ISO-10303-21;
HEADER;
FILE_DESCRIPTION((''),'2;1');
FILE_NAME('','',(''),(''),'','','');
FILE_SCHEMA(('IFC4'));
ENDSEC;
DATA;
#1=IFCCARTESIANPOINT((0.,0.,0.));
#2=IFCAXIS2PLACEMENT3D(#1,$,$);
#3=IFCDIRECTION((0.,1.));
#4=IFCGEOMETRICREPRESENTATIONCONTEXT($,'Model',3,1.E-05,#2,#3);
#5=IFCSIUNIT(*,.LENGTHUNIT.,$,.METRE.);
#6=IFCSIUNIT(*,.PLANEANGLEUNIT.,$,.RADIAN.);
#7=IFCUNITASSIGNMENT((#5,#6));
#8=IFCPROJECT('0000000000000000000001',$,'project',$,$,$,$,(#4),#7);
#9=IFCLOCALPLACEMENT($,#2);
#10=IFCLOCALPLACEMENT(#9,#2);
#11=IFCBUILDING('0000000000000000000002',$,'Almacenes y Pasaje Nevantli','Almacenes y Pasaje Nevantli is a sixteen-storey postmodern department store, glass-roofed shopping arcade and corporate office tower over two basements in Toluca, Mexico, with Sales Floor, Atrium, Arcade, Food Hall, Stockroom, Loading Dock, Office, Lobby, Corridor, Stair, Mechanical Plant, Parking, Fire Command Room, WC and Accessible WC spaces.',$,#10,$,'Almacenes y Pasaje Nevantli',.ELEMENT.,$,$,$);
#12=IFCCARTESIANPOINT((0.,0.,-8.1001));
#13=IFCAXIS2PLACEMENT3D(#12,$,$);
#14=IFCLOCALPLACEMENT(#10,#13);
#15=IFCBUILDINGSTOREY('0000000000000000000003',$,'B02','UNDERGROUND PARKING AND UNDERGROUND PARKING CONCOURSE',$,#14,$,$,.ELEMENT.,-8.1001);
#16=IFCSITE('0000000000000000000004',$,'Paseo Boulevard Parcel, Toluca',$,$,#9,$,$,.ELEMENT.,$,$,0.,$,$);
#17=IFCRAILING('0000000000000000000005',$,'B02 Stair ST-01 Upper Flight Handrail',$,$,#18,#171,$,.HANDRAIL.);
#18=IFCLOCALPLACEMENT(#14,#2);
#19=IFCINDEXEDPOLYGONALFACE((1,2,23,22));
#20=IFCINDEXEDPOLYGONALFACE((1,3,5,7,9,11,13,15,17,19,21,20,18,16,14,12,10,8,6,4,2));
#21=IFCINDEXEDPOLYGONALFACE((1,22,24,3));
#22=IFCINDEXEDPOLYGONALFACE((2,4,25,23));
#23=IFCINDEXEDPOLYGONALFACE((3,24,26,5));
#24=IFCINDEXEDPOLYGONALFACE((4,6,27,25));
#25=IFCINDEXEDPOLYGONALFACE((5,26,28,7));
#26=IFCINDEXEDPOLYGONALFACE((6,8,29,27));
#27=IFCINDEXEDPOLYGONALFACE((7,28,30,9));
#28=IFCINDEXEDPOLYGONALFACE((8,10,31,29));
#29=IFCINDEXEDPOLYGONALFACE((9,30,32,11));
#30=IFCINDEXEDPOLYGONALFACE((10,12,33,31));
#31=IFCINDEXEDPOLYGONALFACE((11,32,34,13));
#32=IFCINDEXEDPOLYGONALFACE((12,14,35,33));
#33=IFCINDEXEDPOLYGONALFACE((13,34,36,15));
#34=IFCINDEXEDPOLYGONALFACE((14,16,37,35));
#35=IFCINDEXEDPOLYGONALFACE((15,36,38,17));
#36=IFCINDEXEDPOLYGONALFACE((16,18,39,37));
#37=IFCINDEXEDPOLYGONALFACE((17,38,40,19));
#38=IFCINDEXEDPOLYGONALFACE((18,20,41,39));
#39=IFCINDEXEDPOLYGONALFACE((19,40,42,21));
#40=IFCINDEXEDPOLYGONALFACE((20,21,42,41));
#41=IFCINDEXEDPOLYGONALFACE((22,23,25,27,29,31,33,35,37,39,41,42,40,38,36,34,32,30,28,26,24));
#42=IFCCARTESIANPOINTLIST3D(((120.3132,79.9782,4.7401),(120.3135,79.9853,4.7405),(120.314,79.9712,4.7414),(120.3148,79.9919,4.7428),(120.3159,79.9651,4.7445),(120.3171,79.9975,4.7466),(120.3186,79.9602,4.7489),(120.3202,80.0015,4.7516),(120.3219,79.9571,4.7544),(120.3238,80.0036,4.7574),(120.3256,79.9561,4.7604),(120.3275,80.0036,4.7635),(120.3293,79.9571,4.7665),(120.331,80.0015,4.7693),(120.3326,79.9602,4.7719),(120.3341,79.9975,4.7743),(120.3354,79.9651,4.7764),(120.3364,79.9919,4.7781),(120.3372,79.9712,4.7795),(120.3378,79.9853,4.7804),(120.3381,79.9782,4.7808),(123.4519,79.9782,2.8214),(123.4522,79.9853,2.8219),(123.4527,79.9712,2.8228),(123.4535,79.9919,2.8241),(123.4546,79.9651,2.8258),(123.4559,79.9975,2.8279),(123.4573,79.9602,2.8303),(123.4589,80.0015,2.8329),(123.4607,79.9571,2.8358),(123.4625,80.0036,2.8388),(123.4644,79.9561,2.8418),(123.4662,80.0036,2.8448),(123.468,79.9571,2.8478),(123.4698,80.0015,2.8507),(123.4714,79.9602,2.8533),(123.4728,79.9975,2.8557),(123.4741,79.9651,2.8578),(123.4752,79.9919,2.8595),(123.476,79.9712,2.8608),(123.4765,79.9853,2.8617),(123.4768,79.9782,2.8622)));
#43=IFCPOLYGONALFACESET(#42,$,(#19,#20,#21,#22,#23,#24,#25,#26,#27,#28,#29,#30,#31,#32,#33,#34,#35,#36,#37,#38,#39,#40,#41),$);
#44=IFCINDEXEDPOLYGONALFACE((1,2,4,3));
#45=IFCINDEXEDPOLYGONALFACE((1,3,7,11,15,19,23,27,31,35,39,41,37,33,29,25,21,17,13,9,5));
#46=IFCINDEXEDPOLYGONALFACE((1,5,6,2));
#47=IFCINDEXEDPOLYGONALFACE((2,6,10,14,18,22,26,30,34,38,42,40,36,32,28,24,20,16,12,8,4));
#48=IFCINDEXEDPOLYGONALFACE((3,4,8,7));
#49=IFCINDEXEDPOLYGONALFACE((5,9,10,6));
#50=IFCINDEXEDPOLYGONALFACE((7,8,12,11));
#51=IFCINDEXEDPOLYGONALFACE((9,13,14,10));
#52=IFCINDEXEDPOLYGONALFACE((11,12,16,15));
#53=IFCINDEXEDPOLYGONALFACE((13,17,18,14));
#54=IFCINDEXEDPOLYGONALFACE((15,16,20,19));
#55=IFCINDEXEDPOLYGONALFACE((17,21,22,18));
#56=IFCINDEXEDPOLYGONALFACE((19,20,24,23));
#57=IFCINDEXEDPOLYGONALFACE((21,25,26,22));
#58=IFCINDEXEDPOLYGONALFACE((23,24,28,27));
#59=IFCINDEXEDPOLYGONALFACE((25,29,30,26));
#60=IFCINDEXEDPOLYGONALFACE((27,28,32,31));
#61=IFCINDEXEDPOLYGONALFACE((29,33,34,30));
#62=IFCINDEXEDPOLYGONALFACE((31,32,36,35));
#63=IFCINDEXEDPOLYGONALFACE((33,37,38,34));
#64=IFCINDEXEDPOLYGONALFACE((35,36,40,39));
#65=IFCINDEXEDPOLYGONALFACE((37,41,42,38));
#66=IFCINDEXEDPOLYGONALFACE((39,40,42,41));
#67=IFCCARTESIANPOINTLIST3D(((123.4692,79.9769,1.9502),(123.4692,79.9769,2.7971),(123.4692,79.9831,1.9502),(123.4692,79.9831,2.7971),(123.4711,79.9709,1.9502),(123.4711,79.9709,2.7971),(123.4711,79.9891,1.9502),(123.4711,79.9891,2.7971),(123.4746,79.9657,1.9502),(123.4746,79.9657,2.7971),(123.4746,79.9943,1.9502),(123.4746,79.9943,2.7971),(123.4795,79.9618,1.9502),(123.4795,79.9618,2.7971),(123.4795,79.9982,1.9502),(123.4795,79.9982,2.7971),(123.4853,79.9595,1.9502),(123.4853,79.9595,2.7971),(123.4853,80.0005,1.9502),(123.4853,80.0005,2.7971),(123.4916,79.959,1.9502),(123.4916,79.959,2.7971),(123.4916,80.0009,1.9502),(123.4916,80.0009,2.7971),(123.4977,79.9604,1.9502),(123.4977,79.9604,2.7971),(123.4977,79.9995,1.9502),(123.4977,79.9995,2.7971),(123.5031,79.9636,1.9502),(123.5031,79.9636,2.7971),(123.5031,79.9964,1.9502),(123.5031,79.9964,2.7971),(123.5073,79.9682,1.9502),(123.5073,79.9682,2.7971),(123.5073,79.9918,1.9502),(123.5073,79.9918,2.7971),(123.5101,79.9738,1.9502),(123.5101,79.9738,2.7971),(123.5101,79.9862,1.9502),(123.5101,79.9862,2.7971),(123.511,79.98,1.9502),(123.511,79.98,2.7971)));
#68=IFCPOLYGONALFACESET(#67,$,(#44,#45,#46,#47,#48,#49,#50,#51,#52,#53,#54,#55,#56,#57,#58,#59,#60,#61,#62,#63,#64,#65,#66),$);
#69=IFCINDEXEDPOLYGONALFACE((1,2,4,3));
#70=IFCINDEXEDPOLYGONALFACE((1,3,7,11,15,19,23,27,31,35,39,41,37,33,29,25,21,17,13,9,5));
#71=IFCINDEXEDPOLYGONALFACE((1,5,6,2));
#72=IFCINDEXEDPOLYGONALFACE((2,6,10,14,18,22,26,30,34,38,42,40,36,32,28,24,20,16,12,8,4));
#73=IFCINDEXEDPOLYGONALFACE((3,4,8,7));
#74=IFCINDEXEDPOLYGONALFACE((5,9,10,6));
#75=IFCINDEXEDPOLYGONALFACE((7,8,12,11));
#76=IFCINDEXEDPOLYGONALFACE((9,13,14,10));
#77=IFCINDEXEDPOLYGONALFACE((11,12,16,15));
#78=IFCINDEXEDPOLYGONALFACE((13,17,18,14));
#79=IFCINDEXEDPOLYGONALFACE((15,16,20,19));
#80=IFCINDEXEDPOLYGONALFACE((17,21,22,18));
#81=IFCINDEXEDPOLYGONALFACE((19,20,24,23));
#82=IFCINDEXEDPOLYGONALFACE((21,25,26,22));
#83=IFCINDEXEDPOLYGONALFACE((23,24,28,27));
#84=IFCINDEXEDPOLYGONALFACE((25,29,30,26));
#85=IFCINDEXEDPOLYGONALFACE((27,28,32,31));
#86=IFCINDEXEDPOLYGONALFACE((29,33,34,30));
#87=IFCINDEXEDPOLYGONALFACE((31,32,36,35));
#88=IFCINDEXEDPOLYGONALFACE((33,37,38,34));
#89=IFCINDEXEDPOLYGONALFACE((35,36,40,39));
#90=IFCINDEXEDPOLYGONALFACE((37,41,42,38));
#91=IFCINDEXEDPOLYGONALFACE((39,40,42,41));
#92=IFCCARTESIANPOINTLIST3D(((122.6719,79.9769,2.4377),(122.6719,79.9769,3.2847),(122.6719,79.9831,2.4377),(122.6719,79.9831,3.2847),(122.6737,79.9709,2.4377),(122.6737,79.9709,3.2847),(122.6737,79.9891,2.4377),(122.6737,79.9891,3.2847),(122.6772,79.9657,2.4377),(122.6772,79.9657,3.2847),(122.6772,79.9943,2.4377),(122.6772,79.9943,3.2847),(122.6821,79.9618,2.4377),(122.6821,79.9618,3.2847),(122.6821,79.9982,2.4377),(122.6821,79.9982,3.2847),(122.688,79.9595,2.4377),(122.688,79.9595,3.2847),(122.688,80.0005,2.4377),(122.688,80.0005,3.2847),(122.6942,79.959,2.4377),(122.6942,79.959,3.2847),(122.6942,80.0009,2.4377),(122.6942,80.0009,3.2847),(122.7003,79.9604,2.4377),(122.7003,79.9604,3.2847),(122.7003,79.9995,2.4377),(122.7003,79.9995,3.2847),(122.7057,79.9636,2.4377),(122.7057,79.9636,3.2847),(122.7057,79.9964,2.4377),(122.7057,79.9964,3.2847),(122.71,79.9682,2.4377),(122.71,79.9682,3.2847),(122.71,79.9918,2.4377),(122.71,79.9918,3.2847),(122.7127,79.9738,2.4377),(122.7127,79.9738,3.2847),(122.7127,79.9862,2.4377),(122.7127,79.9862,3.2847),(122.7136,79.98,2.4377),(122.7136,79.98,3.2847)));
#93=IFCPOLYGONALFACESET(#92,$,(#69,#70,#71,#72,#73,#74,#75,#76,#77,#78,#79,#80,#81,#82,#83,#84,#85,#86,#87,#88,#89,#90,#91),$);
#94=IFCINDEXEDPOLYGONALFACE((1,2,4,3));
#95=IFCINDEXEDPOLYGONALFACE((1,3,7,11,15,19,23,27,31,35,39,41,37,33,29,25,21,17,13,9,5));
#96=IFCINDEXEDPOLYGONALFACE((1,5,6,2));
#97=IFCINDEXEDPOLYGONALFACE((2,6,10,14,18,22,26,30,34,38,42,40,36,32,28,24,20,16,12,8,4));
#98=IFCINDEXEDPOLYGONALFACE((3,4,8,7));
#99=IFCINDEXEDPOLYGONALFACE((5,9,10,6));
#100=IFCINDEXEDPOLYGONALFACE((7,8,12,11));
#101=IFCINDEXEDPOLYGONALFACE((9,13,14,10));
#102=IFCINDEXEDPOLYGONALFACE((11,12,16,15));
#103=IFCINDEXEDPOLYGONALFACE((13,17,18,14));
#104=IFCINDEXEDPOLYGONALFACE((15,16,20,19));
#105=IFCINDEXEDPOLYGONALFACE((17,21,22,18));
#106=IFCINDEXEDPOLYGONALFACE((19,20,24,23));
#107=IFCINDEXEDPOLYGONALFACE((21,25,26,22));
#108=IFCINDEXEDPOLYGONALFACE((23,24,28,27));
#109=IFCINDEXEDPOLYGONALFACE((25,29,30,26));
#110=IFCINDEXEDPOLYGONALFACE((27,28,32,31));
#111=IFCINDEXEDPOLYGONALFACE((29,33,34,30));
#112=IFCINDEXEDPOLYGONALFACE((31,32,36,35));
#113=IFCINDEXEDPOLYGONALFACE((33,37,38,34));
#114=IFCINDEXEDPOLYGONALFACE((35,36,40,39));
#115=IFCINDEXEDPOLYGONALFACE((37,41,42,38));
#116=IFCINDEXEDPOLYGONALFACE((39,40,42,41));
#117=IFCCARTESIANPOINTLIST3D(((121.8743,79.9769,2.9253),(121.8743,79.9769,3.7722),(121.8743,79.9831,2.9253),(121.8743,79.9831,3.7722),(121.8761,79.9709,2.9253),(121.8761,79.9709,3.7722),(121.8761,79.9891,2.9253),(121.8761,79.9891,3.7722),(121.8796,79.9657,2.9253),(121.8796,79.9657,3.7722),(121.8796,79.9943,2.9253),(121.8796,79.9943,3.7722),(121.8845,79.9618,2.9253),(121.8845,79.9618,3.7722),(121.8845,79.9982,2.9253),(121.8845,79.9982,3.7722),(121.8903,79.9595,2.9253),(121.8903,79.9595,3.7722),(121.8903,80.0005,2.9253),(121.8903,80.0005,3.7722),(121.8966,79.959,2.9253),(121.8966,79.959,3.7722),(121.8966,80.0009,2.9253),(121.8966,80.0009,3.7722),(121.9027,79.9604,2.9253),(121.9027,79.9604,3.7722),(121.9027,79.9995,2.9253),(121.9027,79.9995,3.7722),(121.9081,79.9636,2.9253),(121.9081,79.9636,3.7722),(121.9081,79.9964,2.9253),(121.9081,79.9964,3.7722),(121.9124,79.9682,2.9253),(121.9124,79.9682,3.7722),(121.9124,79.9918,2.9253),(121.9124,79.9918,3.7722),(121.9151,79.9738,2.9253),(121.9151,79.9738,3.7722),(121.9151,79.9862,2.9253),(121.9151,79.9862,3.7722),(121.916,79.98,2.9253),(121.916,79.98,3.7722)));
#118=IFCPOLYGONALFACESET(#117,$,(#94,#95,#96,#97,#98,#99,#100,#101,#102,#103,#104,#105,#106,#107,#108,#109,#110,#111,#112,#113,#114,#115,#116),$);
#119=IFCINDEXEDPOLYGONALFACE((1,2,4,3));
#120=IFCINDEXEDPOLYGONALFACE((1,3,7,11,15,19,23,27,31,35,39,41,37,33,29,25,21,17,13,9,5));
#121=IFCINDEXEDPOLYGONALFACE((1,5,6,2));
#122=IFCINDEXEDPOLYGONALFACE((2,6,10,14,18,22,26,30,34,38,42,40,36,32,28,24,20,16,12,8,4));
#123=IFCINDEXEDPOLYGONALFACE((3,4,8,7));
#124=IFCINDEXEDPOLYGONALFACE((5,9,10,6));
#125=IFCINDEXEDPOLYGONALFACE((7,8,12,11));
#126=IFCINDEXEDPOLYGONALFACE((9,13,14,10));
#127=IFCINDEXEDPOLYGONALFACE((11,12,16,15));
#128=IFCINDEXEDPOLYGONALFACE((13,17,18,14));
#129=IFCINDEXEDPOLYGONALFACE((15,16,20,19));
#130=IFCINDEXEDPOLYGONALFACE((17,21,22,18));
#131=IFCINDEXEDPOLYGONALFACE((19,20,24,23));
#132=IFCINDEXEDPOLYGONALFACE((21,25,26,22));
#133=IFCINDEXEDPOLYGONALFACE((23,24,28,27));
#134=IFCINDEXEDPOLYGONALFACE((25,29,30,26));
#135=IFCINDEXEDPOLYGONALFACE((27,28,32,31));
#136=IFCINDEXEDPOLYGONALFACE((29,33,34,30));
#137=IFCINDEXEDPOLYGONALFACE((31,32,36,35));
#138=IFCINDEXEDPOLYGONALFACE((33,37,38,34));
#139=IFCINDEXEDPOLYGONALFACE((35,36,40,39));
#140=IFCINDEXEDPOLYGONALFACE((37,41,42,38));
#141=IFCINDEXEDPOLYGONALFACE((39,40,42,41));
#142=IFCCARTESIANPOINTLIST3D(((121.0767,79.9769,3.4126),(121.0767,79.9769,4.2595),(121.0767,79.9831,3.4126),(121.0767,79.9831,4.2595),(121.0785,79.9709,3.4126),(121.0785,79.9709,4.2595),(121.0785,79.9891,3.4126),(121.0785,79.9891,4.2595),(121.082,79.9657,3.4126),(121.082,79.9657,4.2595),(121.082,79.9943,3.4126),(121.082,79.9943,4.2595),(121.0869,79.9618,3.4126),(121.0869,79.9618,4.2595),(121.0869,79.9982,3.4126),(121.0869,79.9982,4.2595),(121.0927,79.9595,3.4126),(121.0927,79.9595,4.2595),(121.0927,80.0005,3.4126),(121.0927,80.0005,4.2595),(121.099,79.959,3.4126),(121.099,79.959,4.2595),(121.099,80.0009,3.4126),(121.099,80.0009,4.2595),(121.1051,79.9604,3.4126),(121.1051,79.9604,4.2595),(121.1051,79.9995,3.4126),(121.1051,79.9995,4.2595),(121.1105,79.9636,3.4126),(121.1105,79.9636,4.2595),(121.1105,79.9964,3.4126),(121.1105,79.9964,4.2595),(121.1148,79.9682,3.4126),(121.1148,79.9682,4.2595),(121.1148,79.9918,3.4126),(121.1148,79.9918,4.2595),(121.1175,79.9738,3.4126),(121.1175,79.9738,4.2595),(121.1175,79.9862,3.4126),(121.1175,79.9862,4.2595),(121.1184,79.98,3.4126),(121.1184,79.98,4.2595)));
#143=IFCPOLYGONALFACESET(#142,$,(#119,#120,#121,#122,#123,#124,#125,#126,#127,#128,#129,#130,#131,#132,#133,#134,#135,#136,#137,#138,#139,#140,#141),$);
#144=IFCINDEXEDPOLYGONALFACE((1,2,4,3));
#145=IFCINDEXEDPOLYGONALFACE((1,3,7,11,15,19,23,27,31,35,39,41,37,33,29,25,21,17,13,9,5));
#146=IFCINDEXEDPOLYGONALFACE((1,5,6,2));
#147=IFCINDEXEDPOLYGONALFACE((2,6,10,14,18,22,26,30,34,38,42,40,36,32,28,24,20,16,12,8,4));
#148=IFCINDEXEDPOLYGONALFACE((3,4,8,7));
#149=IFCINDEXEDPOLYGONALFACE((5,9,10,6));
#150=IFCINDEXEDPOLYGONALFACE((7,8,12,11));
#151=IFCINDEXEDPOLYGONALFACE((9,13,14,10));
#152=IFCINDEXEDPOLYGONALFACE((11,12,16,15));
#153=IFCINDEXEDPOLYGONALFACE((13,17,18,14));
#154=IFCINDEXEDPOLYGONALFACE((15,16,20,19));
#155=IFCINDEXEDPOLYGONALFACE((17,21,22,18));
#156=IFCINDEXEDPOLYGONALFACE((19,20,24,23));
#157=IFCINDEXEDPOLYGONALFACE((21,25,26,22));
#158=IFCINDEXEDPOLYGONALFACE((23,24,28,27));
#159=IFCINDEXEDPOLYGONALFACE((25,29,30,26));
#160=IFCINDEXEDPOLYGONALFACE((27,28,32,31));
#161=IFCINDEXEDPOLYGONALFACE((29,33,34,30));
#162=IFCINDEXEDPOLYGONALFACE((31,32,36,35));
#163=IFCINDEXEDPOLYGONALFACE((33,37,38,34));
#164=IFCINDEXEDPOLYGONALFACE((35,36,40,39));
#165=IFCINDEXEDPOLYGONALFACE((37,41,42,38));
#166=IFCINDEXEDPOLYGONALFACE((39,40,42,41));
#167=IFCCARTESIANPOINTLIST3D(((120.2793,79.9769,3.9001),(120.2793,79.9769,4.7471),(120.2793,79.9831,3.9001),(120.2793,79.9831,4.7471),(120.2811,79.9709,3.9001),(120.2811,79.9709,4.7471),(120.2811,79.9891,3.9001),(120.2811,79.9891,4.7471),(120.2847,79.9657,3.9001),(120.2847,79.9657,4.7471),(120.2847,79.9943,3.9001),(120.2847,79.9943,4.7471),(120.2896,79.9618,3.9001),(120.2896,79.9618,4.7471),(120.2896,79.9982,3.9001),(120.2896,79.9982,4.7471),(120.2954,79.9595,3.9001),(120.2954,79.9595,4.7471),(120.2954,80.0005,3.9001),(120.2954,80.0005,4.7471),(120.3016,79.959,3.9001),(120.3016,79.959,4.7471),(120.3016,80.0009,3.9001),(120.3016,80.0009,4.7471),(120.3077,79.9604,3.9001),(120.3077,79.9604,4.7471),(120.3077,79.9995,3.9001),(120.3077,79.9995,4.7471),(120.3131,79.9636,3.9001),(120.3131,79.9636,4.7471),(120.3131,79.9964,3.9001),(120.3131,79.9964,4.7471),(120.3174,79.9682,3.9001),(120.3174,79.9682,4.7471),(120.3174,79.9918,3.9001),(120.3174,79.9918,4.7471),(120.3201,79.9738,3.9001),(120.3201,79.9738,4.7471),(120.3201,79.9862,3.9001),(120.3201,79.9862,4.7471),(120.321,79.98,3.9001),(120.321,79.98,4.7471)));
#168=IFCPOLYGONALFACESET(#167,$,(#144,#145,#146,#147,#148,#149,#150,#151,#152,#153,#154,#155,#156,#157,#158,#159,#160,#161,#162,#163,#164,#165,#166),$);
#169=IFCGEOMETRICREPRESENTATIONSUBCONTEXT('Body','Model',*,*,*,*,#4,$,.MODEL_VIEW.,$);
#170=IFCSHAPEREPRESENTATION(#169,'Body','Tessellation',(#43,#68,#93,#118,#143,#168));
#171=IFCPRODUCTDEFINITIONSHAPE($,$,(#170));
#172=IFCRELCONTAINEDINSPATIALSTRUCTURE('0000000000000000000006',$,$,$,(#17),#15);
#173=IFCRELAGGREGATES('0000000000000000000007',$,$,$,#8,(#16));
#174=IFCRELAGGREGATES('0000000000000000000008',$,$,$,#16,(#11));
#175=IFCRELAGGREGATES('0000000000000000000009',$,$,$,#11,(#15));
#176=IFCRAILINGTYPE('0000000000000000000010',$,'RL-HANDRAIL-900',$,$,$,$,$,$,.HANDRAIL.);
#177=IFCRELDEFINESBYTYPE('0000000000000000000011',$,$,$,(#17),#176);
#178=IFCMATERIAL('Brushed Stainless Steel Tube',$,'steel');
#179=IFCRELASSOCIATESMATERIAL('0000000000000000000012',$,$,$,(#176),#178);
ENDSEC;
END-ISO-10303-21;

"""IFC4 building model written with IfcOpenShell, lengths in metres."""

from ifc_helpers import new_model, si_unit, direction, frame, origin, origin_2d, place, context, subcontext, project, spatial, circle, extrude, material, type_object, element, save


model = new_model("IFC4")

# Units and contexts
model_context = context("Model", 3, precision=1e-05, world=origin(), true_north=direction((0.0, 1.0)))
body_context = subcontext(model_context, "Body", "Model", "MODEL_VIEW")
ifc_project = project(units=[si_unit("LENGTHUNIT", "METRE"), si_unit("PLANEANGLEUNIT", "RADIAN")], contexts=[model_context])

# Site, building, storey
site_placement = place(None, origin())
site = spatial("IfcSite", under=ifc_project, at=site_placement, Name="Paseo Boulevard Parcel, Toluca", CompositionType="ELEMENT", RefElevation=0.0)
building_placement = place(site_placement, origin())
building = spatial("IfcBuilding", under=site, at=building_placement, Name="Almacenes y Pasaje Nevantli", Description="Almacenes y Pasaje Nevantli is a sixteen-storey postmodern department store, glass-roofed shopping arcade and corporate office tower over two basements in Toluca, Mexico, with Sales Floor, Atrium, Arcade, Food Hall, Stockroom, Loading Dock, Office, Lobby, Corridor, Stair, Mechanical Plant, Parking, Fire Command Room, WC and Accessible WC spaces.", LongName="Almacenes y Pasaje Nevantli", CompositionType="ELEMENT")
storey_placement = place(building_placement, frame((0.0, 0.0, -8.1001)))
storey = spatial("IfcBuildingStorey", under=building, at=storey_placement, Name="B02", Description="UNDERGROUND PARKING AND UNDERGROUND PARKING CONCOURSE", CompositionType="ELEMENT", Elevation=-8.1001)

# Railing
ifc_material_1 = material(Name="Brushed Stainless Steel Tube", Category="steel")
railing_type_1 = type_object("IfcRailingType", Name="RL-HANDRAIL-900", PredefinedType="HANDRAIL", material=ifc_material_1)
railing_1_placement = place(storey_placement, frame((123.49, 79.98, 1.9502)))
element("IfcRailing", 1, at=railing_1_placement, inside=storey, type_object=railing_type_1, Name="B02 Stair ST-01 Upper Flight Handrail", PredefinedType="HANDRAIL", context=body_context, shape_type="SweptSolid", body=[
    extrude(circle(Radius=0.0239, at=origin_2d()), frame((-0.0256, 0.0, 0.8916), z_axis=(-0.853217, 0.0, 0.521556), x_axis=(0.0, -1.0, 0.0)), (0.0, 0.0, 1.0), 3.6787),
    extrude(circle(Radius=0.021, at=origin_2d()), origin(), (0.0, 0.0, 1.0), 0.8469),
    extrude(circle(Radius=0.021, at=origin_2d()), frame((-0.7974, 0.0, 0.4875)), (0.0, 0.0, 1.0), 0.8469),
    extrude(circle(Radius=0.021, at=origin_2d()), frame((-1.595, 0.0, 0.9751)), (0.0, 0.0, 1.0), 0.8469),
    extrude(circle(Radius=0.021, at=origin_2d()), frame((-2.3926, 0.0, 1.4624)), (0.0, 0.0, 1.0), 0.8469),
    extrude(circle(Radius=0.021, at=origin_2d()), frame((-3.1899, 0.0, 1.95)), (0.0, 0.0, 1.0), 0.8469),
])

save(model, "model.ifc")
